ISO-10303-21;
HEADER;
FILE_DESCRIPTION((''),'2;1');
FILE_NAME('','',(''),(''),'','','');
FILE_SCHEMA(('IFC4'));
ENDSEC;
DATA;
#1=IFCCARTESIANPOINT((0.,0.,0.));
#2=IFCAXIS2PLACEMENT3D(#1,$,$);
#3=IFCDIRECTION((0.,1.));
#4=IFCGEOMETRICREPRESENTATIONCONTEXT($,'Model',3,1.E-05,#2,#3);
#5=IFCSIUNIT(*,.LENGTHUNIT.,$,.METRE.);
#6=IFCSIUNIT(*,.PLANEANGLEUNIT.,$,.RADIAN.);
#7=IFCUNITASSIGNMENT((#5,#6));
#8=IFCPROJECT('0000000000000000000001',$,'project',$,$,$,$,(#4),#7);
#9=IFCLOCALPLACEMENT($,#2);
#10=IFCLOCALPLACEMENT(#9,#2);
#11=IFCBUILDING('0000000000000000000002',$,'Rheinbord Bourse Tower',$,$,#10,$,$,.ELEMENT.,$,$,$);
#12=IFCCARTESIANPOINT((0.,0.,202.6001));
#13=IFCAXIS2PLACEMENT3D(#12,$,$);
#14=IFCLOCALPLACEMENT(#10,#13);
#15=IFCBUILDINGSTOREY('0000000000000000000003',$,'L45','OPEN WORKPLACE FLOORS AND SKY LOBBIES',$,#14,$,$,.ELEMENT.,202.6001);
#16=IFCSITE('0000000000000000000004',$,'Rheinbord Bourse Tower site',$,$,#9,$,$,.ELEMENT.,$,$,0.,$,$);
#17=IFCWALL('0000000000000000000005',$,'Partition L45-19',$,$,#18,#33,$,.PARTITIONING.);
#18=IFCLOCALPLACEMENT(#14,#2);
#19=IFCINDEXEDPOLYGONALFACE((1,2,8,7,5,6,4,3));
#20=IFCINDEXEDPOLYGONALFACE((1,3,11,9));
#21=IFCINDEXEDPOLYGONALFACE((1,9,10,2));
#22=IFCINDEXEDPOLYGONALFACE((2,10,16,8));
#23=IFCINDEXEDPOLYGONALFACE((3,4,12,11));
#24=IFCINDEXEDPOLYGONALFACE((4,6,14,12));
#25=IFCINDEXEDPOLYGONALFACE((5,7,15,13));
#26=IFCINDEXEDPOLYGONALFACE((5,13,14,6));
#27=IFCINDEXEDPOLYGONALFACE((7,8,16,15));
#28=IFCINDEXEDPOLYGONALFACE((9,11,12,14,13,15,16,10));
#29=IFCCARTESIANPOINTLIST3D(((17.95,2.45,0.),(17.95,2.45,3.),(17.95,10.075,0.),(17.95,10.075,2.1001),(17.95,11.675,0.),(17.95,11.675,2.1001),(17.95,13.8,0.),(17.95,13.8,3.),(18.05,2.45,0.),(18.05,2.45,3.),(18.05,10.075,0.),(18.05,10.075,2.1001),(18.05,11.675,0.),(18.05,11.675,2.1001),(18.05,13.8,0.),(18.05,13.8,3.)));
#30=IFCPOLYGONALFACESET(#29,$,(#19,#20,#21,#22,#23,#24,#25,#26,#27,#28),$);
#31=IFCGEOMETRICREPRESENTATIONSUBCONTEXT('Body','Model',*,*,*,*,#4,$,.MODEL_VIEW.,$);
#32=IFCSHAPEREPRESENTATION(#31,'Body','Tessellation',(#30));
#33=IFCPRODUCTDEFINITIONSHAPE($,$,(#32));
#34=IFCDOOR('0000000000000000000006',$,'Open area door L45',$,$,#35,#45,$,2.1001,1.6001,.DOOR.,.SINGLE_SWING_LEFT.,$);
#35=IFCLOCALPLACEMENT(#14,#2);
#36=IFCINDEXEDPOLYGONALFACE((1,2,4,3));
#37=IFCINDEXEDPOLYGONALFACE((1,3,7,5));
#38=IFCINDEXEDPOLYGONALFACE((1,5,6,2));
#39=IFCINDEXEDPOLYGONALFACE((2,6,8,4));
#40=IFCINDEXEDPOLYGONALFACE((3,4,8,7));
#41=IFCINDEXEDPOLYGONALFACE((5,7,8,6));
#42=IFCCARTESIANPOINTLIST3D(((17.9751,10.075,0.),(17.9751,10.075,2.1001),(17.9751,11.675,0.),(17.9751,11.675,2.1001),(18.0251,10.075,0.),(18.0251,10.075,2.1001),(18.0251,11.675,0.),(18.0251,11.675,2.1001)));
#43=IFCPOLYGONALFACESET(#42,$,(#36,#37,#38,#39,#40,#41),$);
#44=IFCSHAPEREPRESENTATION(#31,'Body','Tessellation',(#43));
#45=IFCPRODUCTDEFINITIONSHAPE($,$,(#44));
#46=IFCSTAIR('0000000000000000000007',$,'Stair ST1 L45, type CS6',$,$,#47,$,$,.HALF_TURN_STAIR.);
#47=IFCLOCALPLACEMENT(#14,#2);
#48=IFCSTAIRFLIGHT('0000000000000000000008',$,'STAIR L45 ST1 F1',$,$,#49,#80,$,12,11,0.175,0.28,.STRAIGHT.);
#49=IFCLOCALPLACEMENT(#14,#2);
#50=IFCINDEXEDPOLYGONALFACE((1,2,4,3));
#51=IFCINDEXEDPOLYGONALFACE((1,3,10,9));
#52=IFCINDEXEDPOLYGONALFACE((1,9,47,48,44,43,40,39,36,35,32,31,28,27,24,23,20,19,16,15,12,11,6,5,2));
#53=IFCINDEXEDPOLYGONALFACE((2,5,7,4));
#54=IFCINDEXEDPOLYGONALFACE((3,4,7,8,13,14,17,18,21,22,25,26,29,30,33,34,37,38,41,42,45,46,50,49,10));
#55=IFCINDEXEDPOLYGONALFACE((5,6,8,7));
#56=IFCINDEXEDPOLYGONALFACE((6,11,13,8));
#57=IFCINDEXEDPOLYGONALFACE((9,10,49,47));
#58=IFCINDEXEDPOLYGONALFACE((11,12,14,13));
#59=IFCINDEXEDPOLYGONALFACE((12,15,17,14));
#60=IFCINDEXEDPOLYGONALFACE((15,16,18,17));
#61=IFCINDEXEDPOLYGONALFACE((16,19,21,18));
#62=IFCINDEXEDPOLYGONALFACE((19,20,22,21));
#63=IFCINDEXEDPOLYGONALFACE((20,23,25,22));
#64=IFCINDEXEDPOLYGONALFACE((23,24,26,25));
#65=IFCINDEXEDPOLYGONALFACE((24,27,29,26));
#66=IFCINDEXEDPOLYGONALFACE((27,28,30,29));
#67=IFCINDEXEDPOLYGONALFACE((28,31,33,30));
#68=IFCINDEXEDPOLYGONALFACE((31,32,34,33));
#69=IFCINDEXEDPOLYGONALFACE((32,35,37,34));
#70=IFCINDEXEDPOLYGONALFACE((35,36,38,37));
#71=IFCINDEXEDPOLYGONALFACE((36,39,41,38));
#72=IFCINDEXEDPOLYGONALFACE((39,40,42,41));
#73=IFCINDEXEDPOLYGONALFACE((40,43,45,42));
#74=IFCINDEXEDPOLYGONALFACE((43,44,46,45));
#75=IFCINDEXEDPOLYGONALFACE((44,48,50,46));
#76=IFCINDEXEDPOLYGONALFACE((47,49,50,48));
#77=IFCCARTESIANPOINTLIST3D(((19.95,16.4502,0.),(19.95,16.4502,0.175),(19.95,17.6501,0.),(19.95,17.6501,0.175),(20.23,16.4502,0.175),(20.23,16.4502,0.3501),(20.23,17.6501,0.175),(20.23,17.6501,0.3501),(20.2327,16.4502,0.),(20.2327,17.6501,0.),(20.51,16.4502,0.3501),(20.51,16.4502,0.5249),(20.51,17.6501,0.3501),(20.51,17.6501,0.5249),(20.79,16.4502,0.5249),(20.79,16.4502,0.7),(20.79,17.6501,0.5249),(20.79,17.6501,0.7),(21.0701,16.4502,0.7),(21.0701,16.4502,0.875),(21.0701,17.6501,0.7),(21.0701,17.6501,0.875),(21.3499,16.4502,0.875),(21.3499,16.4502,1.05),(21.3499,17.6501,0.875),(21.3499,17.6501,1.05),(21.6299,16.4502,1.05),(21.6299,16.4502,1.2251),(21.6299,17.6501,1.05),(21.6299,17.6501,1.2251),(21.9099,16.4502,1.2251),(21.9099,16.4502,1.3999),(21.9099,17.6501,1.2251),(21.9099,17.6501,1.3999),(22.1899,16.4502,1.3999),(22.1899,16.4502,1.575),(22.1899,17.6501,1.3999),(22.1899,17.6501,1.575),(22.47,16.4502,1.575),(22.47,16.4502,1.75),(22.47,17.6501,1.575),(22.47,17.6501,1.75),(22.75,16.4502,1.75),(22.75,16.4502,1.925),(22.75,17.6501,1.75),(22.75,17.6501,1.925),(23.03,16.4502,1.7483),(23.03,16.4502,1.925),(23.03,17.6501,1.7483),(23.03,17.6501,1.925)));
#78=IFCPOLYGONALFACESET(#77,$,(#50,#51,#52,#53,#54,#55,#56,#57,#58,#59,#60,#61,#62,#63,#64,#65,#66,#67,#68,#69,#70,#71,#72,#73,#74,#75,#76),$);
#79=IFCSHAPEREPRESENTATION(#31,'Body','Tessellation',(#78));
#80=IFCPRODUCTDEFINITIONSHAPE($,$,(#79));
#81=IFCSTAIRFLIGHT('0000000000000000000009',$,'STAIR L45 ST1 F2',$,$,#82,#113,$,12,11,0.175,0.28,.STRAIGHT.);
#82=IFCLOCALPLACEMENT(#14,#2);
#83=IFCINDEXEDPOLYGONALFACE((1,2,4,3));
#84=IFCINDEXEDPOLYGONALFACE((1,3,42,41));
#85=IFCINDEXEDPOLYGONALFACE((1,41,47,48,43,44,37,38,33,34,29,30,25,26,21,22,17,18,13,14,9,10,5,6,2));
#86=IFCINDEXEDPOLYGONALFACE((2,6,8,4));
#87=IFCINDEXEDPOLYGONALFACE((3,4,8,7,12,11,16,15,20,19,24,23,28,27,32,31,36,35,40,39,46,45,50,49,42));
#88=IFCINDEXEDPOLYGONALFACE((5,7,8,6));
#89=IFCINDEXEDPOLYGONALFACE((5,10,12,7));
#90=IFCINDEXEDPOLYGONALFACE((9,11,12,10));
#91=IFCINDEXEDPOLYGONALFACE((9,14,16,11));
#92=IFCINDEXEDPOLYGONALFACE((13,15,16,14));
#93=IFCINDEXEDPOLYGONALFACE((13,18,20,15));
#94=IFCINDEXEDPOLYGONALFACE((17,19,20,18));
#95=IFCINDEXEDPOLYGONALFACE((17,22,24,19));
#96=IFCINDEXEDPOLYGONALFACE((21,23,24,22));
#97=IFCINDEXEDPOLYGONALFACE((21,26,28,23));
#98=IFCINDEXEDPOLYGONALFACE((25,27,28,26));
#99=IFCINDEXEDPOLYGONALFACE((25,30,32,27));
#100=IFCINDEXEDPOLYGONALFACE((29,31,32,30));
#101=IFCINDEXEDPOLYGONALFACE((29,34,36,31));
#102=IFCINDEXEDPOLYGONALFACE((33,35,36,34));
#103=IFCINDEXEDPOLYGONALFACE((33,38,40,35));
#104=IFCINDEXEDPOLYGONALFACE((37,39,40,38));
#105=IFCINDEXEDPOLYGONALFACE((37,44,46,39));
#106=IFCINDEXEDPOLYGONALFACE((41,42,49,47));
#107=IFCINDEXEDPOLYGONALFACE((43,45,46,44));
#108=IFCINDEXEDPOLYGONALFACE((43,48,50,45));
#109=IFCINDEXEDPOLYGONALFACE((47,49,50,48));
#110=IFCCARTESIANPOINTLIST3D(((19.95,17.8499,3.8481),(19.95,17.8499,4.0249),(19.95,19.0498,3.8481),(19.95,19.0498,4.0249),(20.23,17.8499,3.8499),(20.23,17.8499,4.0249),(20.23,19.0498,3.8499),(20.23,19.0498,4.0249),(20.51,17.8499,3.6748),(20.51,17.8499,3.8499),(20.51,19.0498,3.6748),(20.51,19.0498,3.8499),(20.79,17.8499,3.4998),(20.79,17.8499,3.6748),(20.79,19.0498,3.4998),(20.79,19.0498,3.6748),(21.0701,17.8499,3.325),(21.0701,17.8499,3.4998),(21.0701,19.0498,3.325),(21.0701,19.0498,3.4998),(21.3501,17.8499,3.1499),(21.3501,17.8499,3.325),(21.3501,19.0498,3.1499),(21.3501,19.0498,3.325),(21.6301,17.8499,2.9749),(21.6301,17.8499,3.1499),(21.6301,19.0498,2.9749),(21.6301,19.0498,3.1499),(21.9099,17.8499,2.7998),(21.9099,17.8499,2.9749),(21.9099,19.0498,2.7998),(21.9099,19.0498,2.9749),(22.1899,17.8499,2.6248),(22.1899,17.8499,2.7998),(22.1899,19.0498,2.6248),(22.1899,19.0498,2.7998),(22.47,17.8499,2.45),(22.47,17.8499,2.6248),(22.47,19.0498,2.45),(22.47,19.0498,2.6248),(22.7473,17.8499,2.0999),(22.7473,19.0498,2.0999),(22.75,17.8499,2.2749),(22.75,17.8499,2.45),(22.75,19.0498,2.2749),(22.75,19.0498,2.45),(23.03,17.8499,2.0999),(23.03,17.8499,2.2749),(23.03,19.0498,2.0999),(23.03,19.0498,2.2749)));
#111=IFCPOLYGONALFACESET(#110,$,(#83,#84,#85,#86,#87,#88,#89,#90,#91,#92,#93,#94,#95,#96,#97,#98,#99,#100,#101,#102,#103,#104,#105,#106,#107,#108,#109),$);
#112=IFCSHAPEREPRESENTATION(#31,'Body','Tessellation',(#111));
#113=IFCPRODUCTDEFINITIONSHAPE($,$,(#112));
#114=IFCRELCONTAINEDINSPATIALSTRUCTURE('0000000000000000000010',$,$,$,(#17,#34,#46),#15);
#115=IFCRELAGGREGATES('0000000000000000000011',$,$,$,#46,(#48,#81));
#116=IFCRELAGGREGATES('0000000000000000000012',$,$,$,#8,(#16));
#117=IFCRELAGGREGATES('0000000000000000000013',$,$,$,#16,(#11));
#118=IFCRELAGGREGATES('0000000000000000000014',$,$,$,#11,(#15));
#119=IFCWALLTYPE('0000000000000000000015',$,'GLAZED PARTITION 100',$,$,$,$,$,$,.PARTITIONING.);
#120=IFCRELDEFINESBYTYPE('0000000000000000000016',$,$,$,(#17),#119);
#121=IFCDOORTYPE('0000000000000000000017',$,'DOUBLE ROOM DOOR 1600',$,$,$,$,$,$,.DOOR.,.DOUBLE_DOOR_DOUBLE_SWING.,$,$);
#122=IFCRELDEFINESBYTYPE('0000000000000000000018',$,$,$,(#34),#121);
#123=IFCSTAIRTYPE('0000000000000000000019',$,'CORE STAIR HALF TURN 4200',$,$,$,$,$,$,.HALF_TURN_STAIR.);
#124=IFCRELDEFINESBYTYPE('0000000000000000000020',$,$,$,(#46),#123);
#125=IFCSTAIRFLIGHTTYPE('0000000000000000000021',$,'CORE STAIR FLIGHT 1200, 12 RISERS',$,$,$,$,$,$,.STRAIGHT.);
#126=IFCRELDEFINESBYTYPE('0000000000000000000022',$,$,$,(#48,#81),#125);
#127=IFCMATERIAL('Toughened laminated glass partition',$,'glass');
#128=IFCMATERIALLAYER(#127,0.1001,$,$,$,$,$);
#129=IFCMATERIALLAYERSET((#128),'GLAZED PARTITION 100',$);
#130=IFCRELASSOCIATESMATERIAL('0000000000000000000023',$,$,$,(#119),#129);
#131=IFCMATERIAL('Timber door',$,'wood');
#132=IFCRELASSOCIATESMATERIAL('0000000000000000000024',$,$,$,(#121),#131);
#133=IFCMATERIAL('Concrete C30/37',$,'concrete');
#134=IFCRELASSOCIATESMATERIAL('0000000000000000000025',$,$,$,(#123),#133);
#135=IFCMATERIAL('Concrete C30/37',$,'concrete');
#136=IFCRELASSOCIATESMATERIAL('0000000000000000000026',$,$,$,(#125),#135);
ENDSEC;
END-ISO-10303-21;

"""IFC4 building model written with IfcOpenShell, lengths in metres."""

from ifc_helpers import new_model, si_unit, direction, frame, frame_2d, origin, place, context, subcontext, project, spatial, polyline, rectangle, outline, extrude, material, layer, layer_set, type_object, element, fill, aggregate, save


model = new_model("IFC4")

# Units and contexts
model_context = context("Model", 3, precision=1e-05, world=origin(), true_north=direction((0.0, 1.0)))
body_context = subcontext(model_context, "Body", "Model", "MODEL_VIEW")
ifc_project = project(units=[si_unit("LENGTHUNIT", "METRE"), si_unit("PLANEANGLEUNIT", "RADIAN")], contexts=[model_context])

# Site, building, storey
site_placement = place(None, origin())
site = spatial("IfcSite", under=ifc_project, at=site_placement, Name="Rheinbord Bourse Tower site", CompositionType="ELEMENT", RefElevation=0.0)
building_placement = place(site_placement, origin())
building = spatial("IfcBuilding", under=site, at=building_placement, Name="Rheinbord Bourse Tower", CompositionType="ELEMENT")
storey_placement = place(building_placement, frame((0.0, 0.0, 202.6001)))
storey = spatial("IfcBuildingStorey", under=building, at=storey_placement, Name="L45", Description="OPEN WORKPLACE FLOORS AND SKY LOBBIES", CompositionType="ELEMENT", Elevation=202.6001)

# Shared definitions
ifc_material_1 = material(Name="Toughened laminated glass partition", Category="glass")
ifc_layer_1 = layer(ifc_material_1, 0.1001)
ifc_layer_set_1 = layer_set([ifc_layer_1], Name="GLAZED PARTITION 100")
wall_type_1 = type_object("IfcWallType", Name="GLAZED PARTITION 100", PredefinedType="PARTITIONING", material=ifc_layer_set_1)

# Wall, opening, door
wall_1_placement = place(storey_placement, frame((18.0, 2.45, 0.0), z_axis=(0.0, 0.0, 1.0), x_axis=(0.0, 1.0, 0.0)))
wall_1 = element("IfcWall", 1, at=wall_1_placement, inside=storey, type_object=wall_type_1, Name="Partition L45-19", PredefinedType="PARTITIONING", context=body_context, shape_type="SweptSolid", body=[
    extrude(rectangle(XDim=11.3501, YDim=0.1001, at=frame_2d((5.675, 0.0))), origin(), (0.0, 0.0, 1.0), 3.0),
])
opening_1_placement = place(wall_1_placement, frame((7.625, 0.0, 0.0)))
opening_1 = element("IfcOpeningElement", 2, at=opening_1_placement, cuts=wall_1, PredefinedType="OPENING", context=body_context, shape_type="SweptSolid", body=[
    extrude(rectangle(XDim=1.6001, YDim=2.1001, at=frame_2d((0.8, 1.05))), frame((0.0, 0.0601, 0.0), z_axis=(0.0, -1.0, 0.0), x_axis=(1.0, 0.0, 0.0)), (0.0, 0.0, 1.0), 0.1201),
])
ifc_material_2 = material(Name="Timber door", Category="wood")
door_type_1 = type_object("IfcDoorType", Name="DOUBLE ROOM DOOR 1600", OperationType="DOUBLE_DOOR_DOUBLE_SWING", PredefinedType="DOOR", material=ifc_material_2)
door_1_placement = place(opening_1_placement, origin())
door_1 = element("IfcDoor", 3, at=door_1_placement, inside=storey, type_object=door_type_1, Name="Open area door L45", OperationType="SINGLE_SWING_LEFT", OverallHeight=2.1001, OverallWidth=1.6001, PredefinedType="DOOR", context=body_context, shape_type="SweptSolid", body=[
    extrude(rectangle(XDim=1.6001, YDim=2.1001, at=frame_2d((0.8, 1.05))), frame((0.0, 0.0249, 0.0), z_axis=(0.0, -1.0, 0.0), x_axis=(1.0, 0.0, 0.0)), (0.0, 0.0, 1.0), 0.05),
])
fill(opening_1, door_1)

# Stair, stair flights
ifc_material_3 = material(Name="Concrete C30/37", Category="concrete")
stair_type = type_object("IfcStairType", Name="CORE STAIR HALF TURN 4200", PredefinedType="HALF_TURN_STAIR", material=ifc_material_3)
stair_placement = place(storey_placement, origin())
stair = element("IfcStair", 4, at=stair_placement, inside=storey, type_object=stair_type, Name="Stair ST1 L45, type CS6", PredefinedType="HALF_TURN_STAIR")
ifc_material_4 = material(Name="Concrete C30/37", Category="concrete")
stair_flight_type = type_object("IfcStairFlightType", Name="CORE STAIR FLIGHT 1200, 12 RISERS", PredefinedType="STRAIGHT", material=ifc_material_4)
stair_flight_1_placement = place(storey_placement, frame((19.95, 17.05, 0.0), z_axis=(0.0, 0.0, 1.0), x_axis=(1.0, 0.0, 0.0)))
stair_flight_1 = element("IfcStairFlight", 5, at=stair_flight_1_placement, type_object=stair_flight_type, Name="STAIR L45 ST1 F1", NumberOfRisers=12, NumberOfTreads=11, PredefinedType="STRAIGHT", RiserHeight=0.175, TreadLength=0.28, context=body_context, shape_type="SweptSolid", body=[
    extrude(outline(polyline([(0.0, 0.0), (0.0, 0.175), (0.28, 0.175), (0.28, 0.3501), (0.5601, 0.3501), (0.5601, 0.5249), (0.8401, 0.5249), (0.8401, 0.7), (1.1201, 0.7), (1.1201, 0.875), (1.3999, 0.875), (1.3999, 1.05), (1.6799, 1.05), (1.6799, 1.2251), (1.96, 1.2251), (1.96, 1.3999), (2.24, 1.3999), (2.24, 1.575), (2.52, 1.575), (2.52, 1.75), (2.8, 1.75), (2.8, 1.925), (3.0801, 1.925), (3.0801, 2.1001), (3.0801, 1.7483), (0.2827, 0.0), (0.0, 0.0)])), frame((0.0, 0.6001, 0.0), z_axis=(0.0, -1.0, 0.0), x_axis=(1.0, 0.0, 0.0)), (0.0, 0.0, 1.0), 1.2),
])
stair_flight_2_placement = place(storey_placement, frame((23.03, 18.45, 2.0999), z_axis=(0.0, 0.0, 1.0), x_axis=(-1.0, 0.0, 0.0)))
stair_flight_2 = element("IfcStairFlight", 6, at=stair_flight_2_placement, type_object=stair_flight_type, Name="STAIR L45 ST1 F2", NumberOfRisers=12, NumberOfTreads=11, PredefinedType="STRAIGHT", RiserHeight=0.175, TreadLength=0.28, context=body_context, shape_type="SweptSolid", body=[
    extrude(outline(polyline([(0.0, 0.0), (0.0, 0.175), (0.28, 0.175), (0.28, 0.3501), (0.5601, 0.3501), (0.5601, 0.5249), (0.8401, 0.5249), (0.8401, 0.7), (1.1201, 0.7), (1.1201, 0.875), (1.3999, 0.875), (1.3999, 1.05), (1.6799, 1.05), (1.6799, 1.2251), (1.96, 1.2251), (1.96, 1.3999), (2.24, 1.3999), (2.24, 1.575), (2.52, 1.575), (2.52, 1.75), (2.8, 1.75), (2.8, 1.925), (3.0801, 1.925), (3.0801, 2.1001), (3.0801, 1.7483), (0.2827, 0.0), (0.0, 0.0)])), frame((0.0, 0.6001, 0.0), z_axis=(0.0, -1.0, 0.0), x_axis=(1.0, 0.0, 0.0)), (0.0, 0.0, 1.0), 1.2),
])
aggregate(stair, [stair_flight_1, stair_flight_2])

save(model, "model.ifc")
